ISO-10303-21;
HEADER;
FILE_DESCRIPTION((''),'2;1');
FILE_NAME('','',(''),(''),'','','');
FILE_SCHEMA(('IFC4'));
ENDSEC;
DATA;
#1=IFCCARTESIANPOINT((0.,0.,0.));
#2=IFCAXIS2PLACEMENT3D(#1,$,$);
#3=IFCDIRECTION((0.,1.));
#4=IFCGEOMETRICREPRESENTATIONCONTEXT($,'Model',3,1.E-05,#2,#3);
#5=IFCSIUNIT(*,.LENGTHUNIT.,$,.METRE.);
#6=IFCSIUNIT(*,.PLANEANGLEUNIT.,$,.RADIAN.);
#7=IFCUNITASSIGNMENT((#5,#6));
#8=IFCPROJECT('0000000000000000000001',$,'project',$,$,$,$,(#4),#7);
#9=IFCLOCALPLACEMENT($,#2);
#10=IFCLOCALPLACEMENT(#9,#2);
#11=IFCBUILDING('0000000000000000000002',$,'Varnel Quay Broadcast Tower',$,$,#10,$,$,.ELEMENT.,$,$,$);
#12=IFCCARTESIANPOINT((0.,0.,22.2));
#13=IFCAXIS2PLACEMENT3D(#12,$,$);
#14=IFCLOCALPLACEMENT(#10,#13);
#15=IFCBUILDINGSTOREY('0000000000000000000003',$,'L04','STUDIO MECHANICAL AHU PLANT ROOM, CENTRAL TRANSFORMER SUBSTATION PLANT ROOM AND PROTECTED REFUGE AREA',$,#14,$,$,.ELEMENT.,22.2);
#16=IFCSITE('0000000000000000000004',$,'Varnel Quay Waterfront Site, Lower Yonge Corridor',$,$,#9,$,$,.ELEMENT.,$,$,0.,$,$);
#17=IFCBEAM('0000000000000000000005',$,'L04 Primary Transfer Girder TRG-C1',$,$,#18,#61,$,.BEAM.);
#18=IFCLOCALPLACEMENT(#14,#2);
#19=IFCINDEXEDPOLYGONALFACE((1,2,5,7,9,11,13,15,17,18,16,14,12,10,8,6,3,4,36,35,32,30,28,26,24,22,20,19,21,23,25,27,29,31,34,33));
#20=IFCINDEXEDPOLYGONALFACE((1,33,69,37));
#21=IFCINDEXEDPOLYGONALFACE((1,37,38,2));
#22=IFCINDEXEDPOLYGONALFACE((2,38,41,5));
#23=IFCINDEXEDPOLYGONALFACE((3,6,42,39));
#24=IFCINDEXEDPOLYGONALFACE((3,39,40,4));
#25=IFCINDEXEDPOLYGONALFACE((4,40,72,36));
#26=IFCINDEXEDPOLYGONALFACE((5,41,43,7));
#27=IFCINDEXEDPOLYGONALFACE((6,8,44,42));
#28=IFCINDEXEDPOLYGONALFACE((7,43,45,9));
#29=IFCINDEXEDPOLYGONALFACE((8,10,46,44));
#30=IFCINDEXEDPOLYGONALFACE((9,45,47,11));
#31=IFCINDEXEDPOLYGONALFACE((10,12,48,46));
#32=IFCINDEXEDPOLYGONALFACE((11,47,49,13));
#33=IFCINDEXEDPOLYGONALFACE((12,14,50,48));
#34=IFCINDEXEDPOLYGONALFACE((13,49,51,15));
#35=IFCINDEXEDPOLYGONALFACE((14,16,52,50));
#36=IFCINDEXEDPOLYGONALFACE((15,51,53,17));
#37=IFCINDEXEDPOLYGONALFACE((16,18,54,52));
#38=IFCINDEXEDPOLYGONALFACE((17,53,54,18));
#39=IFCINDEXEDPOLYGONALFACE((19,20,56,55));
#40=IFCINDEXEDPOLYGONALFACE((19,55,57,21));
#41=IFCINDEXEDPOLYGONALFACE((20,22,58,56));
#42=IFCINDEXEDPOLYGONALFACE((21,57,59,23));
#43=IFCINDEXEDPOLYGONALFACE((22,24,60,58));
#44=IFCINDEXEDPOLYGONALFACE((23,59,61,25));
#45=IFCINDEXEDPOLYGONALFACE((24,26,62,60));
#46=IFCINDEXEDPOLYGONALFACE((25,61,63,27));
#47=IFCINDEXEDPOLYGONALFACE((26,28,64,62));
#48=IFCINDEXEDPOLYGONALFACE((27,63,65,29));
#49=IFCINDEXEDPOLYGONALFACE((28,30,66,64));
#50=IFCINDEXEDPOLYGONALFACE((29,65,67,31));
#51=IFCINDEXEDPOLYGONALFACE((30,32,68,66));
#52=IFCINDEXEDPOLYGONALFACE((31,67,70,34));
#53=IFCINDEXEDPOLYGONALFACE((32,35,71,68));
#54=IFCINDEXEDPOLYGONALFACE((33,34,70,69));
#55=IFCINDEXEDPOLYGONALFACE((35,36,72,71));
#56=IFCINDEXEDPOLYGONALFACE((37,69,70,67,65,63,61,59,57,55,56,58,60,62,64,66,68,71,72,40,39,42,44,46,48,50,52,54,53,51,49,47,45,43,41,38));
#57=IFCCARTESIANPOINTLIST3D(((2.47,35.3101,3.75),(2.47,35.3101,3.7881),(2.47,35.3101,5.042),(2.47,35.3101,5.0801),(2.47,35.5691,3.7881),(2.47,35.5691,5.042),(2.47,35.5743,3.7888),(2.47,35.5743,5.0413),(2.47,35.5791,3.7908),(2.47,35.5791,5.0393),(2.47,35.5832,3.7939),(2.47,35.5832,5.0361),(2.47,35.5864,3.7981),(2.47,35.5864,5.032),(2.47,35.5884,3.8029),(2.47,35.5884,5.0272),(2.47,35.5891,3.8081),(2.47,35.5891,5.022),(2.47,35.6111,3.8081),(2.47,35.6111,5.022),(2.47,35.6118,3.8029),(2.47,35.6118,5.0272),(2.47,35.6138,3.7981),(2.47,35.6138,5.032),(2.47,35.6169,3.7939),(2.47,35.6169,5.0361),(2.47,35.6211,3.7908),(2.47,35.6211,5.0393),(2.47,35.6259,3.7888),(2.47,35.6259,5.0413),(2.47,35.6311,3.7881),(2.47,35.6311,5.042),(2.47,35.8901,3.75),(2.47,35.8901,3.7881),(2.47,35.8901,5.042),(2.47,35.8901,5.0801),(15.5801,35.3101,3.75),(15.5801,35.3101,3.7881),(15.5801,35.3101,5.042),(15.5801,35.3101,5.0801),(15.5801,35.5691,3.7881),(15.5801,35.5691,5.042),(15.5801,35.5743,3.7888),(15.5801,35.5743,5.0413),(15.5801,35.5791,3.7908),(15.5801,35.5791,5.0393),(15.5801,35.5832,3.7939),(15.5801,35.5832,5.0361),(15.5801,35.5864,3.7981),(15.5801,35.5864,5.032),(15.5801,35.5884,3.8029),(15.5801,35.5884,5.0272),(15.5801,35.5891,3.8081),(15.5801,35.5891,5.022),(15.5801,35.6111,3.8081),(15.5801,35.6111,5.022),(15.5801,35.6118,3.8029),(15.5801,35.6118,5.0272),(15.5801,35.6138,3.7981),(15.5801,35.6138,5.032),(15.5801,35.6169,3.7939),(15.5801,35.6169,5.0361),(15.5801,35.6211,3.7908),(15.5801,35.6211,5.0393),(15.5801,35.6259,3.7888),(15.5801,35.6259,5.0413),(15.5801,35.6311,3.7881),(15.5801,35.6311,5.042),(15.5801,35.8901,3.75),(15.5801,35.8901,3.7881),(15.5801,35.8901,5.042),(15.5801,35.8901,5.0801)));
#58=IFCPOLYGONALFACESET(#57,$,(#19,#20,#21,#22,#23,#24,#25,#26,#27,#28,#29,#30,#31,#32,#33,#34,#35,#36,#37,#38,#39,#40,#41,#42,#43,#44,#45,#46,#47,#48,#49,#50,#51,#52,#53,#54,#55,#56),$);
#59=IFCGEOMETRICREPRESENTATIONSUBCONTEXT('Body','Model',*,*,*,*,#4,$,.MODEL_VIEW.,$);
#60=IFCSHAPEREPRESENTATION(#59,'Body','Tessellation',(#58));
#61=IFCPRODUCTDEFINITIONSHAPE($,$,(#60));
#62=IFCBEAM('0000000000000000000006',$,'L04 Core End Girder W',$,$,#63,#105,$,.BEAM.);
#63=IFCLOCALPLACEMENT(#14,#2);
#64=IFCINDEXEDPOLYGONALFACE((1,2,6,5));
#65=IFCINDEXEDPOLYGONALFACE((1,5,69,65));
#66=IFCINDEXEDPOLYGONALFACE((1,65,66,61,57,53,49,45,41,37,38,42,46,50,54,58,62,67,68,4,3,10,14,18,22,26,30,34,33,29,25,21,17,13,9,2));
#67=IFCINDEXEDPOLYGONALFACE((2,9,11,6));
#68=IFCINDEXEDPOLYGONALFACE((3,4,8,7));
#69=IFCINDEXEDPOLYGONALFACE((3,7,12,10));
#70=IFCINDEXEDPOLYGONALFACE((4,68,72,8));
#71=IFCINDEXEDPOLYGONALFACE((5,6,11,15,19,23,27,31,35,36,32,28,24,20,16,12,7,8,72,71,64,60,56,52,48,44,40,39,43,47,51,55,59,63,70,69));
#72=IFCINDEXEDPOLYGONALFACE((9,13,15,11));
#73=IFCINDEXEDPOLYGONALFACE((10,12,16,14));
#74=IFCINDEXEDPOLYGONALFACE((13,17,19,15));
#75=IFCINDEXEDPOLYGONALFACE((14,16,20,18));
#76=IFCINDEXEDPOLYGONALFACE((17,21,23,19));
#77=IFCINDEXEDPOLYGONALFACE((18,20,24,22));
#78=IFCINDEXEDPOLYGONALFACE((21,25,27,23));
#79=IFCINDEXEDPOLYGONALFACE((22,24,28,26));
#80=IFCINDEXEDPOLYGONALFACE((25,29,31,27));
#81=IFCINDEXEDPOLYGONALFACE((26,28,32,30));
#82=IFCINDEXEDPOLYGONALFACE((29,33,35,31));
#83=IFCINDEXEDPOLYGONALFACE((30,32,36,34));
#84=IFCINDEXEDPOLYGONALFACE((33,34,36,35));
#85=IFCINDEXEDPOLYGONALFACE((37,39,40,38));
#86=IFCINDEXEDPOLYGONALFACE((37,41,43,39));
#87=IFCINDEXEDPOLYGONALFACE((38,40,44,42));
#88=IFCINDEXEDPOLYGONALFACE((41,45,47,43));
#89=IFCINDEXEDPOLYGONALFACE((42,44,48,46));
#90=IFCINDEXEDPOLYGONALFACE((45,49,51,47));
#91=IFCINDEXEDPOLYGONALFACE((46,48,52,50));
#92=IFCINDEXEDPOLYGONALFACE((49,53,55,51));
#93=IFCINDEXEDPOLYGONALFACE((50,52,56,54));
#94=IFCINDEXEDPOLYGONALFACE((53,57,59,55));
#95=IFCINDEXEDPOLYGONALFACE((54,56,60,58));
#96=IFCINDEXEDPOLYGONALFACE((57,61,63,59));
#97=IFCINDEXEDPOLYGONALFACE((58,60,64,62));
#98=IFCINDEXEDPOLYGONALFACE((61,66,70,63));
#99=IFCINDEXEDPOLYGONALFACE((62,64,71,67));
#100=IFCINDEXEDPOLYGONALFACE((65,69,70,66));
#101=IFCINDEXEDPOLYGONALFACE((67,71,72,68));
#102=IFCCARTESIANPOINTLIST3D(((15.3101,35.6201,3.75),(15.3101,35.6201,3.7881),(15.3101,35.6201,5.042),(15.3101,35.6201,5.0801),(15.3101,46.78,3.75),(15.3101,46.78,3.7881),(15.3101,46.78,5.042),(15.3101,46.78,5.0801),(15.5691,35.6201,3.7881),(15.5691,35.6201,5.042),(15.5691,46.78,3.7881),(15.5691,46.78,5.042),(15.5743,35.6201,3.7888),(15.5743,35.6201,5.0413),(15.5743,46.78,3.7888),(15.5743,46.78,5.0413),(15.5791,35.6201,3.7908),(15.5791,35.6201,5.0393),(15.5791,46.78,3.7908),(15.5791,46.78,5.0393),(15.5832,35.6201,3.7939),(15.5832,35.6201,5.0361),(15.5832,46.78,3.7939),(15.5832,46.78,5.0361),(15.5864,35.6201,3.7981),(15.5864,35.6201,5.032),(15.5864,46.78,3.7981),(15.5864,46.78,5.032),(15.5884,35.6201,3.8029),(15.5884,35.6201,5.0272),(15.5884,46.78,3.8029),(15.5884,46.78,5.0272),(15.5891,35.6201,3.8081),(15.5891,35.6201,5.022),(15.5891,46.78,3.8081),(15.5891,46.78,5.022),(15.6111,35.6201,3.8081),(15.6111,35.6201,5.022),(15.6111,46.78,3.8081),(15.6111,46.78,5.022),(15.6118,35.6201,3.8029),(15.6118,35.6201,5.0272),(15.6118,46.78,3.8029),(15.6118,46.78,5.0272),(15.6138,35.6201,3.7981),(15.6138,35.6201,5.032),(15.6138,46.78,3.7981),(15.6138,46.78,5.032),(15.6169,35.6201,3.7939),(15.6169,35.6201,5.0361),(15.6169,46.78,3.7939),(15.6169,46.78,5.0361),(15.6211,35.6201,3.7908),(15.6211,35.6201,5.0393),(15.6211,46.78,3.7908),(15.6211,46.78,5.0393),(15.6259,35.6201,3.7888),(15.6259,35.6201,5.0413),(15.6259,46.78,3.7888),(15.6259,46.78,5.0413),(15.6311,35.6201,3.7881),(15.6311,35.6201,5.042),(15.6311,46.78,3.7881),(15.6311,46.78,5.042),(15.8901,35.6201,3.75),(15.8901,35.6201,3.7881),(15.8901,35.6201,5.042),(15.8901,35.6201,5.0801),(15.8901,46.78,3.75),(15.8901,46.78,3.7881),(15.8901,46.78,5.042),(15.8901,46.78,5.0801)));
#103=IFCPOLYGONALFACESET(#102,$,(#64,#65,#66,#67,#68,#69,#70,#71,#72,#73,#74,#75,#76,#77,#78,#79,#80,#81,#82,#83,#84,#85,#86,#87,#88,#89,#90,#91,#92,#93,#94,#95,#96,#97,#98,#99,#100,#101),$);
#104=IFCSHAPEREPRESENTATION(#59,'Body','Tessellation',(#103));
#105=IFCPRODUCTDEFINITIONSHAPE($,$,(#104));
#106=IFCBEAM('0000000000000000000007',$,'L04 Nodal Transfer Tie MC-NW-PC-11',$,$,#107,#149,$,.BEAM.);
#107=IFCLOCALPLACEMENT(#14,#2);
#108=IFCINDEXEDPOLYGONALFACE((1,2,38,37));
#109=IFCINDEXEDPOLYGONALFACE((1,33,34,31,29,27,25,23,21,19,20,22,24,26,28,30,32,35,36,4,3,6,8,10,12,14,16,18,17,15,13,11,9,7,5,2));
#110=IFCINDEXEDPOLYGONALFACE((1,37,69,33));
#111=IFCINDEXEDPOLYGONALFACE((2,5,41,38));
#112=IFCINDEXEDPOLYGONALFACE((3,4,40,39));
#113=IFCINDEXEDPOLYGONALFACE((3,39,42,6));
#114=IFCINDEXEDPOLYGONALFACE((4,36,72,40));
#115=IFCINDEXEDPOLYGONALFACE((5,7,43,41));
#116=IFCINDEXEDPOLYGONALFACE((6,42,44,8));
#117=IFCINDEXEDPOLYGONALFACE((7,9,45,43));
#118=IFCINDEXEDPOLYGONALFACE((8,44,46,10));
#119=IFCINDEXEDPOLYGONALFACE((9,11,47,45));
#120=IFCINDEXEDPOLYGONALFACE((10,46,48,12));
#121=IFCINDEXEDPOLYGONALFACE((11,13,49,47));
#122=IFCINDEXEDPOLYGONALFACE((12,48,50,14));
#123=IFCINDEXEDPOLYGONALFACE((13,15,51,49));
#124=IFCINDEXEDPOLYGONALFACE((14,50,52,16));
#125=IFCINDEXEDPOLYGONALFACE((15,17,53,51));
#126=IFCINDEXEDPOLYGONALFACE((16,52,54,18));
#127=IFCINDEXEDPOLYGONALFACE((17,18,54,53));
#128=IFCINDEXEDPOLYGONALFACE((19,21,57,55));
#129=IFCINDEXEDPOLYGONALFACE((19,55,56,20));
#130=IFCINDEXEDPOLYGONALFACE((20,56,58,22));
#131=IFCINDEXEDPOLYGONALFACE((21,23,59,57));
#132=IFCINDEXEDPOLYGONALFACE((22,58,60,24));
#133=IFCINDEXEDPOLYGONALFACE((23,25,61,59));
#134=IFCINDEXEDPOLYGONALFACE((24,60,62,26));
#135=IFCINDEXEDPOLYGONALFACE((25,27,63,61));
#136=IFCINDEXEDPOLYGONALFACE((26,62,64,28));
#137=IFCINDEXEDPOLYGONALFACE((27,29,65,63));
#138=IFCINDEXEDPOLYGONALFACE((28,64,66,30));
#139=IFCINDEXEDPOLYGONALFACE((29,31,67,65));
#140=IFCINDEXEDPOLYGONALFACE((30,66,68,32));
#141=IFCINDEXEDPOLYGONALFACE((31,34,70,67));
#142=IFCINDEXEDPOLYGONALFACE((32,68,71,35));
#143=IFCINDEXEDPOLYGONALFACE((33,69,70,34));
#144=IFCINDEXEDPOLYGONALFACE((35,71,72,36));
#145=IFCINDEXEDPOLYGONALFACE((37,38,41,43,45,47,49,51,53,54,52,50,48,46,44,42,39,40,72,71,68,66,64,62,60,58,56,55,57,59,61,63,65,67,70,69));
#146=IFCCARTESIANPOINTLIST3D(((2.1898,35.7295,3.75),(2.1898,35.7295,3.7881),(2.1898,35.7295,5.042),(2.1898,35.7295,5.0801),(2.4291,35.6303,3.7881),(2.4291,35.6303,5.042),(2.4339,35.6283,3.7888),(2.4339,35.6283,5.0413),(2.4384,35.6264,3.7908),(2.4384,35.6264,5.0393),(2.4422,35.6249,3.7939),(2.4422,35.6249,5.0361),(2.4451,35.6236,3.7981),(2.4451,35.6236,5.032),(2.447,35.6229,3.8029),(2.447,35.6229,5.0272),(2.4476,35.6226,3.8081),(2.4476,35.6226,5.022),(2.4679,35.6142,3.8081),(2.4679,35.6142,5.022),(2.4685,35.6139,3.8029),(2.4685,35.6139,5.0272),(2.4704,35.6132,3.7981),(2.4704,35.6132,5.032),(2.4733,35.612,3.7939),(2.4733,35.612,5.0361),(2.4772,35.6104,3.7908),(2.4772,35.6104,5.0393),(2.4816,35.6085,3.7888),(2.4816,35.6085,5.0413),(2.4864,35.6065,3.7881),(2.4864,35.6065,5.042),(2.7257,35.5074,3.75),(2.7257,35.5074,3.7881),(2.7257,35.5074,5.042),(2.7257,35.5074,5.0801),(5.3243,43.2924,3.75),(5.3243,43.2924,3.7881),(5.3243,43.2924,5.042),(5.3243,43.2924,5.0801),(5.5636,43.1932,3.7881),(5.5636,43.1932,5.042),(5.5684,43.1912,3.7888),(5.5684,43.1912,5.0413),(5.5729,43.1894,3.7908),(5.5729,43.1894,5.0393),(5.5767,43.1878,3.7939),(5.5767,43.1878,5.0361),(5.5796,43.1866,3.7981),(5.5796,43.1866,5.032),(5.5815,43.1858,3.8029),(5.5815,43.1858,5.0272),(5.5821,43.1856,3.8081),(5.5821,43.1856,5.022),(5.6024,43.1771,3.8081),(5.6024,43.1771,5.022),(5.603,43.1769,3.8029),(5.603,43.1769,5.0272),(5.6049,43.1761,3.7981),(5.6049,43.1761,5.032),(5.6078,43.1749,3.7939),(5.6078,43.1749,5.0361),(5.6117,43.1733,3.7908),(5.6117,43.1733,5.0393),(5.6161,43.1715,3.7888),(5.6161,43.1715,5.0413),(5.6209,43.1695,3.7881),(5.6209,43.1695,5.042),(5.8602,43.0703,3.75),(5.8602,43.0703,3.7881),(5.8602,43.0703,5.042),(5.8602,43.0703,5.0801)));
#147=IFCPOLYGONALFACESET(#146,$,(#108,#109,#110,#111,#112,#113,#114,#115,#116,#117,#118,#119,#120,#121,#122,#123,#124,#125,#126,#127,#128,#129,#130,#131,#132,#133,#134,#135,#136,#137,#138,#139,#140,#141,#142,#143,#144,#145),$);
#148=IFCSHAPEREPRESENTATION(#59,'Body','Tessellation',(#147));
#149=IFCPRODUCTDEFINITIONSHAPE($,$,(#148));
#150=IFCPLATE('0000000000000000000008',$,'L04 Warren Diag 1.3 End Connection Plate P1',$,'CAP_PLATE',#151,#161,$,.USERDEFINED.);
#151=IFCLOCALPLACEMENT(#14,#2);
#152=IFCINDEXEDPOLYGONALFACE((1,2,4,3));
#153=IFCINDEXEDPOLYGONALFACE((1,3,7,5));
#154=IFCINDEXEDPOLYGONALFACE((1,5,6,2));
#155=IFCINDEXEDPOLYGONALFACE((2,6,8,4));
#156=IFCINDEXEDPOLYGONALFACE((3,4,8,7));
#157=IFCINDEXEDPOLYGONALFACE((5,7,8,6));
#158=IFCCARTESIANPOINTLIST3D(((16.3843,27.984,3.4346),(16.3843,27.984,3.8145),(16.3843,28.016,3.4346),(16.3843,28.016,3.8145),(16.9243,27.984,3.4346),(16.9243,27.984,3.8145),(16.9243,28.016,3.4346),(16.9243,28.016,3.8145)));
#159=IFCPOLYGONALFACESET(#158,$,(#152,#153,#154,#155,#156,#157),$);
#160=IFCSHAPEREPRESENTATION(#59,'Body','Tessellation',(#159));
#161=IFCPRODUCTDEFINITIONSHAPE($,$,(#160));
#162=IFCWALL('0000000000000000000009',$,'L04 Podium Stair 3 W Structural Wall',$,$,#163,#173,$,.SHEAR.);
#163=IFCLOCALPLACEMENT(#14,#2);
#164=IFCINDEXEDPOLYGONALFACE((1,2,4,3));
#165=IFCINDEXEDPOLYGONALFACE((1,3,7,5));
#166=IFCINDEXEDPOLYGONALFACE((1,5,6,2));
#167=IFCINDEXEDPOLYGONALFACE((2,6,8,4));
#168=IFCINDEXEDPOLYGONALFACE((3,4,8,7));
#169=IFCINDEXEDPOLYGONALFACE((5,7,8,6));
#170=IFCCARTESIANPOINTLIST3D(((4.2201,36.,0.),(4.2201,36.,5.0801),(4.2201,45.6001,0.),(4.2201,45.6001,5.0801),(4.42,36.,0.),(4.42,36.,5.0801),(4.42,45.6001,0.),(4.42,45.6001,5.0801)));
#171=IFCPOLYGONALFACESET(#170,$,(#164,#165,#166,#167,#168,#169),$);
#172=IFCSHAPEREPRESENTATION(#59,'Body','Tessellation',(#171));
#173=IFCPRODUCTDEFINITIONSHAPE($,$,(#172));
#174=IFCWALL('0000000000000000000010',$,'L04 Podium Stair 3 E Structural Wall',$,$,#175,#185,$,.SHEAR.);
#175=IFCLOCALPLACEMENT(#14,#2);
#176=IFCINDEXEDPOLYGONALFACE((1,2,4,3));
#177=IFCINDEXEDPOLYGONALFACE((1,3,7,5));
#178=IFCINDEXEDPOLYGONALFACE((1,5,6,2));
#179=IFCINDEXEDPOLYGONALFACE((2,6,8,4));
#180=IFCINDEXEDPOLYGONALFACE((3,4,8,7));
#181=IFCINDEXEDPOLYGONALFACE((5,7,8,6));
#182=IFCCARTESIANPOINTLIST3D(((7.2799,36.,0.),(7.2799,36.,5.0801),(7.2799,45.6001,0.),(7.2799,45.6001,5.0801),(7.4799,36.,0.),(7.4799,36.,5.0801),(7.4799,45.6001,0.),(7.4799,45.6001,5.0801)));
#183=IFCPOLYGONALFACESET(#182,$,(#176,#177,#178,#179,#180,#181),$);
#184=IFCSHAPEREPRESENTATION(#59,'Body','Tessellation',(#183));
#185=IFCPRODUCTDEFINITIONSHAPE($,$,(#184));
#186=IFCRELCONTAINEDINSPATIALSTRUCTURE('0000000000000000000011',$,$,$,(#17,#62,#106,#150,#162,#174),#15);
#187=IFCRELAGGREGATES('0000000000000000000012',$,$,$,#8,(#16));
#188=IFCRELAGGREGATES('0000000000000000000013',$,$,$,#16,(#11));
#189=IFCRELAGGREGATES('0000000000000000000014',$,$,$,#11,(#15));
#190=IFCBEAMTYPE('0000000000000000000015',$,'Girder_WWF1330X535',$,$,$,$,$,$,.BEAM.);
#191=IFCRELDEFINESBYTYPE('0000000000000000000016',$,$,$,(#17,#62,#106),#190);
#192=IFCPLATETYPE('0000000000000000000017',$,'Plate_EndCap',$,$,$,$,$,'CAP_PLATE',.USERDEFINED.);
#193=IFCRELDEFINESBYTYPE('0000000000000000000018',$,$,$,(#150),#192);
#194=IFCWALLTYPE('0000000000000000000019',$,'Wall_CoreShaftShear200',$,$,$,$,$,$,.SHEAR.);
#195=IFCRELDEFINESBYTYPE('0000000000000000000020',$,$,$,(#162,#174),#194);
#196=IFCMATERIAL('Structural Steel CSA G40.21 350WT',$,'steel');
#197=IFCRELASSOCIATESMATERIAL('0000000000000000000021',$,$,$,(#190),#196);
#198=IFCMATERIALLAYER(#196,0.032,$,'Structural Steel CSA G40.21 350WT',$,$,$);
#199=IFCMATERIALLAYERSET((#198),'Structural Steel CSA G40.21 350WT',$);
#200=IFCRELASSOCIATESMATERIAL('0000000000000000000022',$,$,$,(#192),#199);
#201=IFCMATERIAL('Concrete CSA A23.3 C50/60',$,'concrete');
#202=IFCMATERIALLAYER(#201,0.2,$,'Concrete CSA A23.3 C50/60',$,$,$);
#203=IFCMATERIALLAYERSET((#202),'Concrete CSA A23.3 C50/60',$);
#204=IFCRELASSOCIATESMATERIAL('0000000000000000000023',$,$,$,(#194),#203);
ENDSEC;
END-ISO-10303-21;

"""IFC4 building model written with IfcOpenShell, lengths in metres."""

from ifc_helpers import new_model, si_unit, direction, frame, frame_2d, origin, origin_2d, place, context, subcontext, project, spatial, rectangle, i_section, extrude, source, transform, mapped, material, layer, layer_set, material_profile, profile_set, type_object, type_shapes, element, save


model = new_model("IFC4")

# Units and contexts
model_context = context("Model", 3, precision=1e-05, world=origin(), true_north=direction((0.0, 1.0)))
body_context = subcontext(model_context, "Body", "Model", "MODEL_VIEW")
ifc_project = project(units=[si_unit("LENGTHUNIT", "METRE"), si_unit("PLANEANGLEUNIT", "RADIAN")], contexts=[model_context])

# Site, building, storey
site_placement = place(None, origin())
site = spatial("IfcSite", under=ifc_project, at=site_placement, Name="Varnel Quay Waterfront Site, Lower Yonge Corridor", CompositionType="ELEMENT", RefElevation=0.0)
building_placement = place(site_placement, origin())
building = spatial("IfcBuilding", under=site, at=building_placement, Name="Varnel Quay Broadcast Tower", CompositionType="ELEMENT")
storey_placement = place(building_placement, frame((0.0, 0.0, 22.2)))
storey = spatial("IfcBuildingStorey", under=building, at=storey_placement, Name="L04", Description="STUDIO MECHANICAL AHU PLANT ROOM, CENTRAL TRANSFORMER SUBSTATION PLANT ROOM AND PROTECTED REFUGE AREA", CompositionType="ELEMENT", Elevation=22.2)

# Shared definitions
ifc_material_1 = material(Name="Structural Steel CSA G40.21 350WT", Category="steel")

# Beams
ifc_material_profile_1 = material_profile(ifc_material_1, i_section(OverallWidth=0.5801, OverallDepth=1.3301, WebThickness=0.022, FlangeThickness=0.0381, FilletRadius=0.02, at=origin_2d()), Name="WWF1330X535")
ifc_profile_set_1 = profile_set([ifc_material_profile_1], Name="Structural Steel CSA G40.21 350WT")
beam_type = type_object("IfcBeamType", Name="Girder_WWF1330X535", PredefinedType="BEAM", material=ifc_profile_set_1)
shared_shape_1 = source(origin(), body_context, "Body", "SweptSolid", [
    extrude(i_section(OverallWidth=0.5801, OverallDepth=1.3301, WebThickness=0.022, FlangeThickness=0.0381, FilletRadius=0.02, at=origin_2d()), origin(), (0.0, 0.0, 1.0), 13.1101),
])
beam_1_placement = place(storey_placement, frame((2.47, 35.6001, 4.415), z_axis=(1.0, 0.0, 0.0), x_axis=(0.0, 1.0, 0.0)))
element("IfcBeam", 1, at=beam_1_placement, inside=storey, type_object=beam_type, Name="L04 Primary Transfer Girder TRG-C1", PredefinedType="BEAM", context=body_context, shape_type="MappedRepresentation", body=[
    mapped(shared_shape_1, transform((0.0, 0.0, 0.0), x_axis=(1.0, 0.0, 0.0), y_axis=(0.0, 1.0, 0.0), z_axis=(0.0, 0.0, 1.0), scale=1.0)),
])
shared_shape_2 = source(origin(), body_context, "Body", "SweptSolid", [
    extrude(i_section(OverallWidth=0.5801, OverallDepth=1.3301, WebThickness=0.022, FlangeThickness=0.0381, FilletRadius=0.02, at=origin_2d()), origin(), (0.0, 0.0, 1.0), 11.1599),
])
beam_2_placement = place(storey_placement, frame((15.6001, 35.6201, 4.415), z_axis=(0.0, 1.0, 0.0), x_axis=(-1.0, 0.0, 0.0)))
element("IfcBeam", 2, at=beam_2_placement, inside=storey, type_object=beam_type, Name="L04 Core End Girder W", PredefinedType="BEAM", context=body_context, shape_type="MappedRepresentation", body=[
    mapped(shared_shape_2, transform((0.0, 0.0, 0.0), x_axis=(1.0, 0.0, 0.0), y_axis=(0.0, 1.0, 0.0), z_axis=(0.0, 0.0, 1.0), scale=1.0)),
])
shared_shape_3 = source(origin(), body_context, "Body", "SweptSolid", [
    extrude(i_section(OverallWidth=0.5801, OverallDepth=1.3301, WebThickness=0.022, FlangeThickness=0.0381, FilletRadius=0.02, at=origin_2d()), origin(), (0.0, 0.0, 1.0), 8.1868),
])
beam_3_placement = place(storey_placement, frame((2.4578, 35.6184, 4.415), z_axis=(0.382874, 0.923801, 0.0), x_axis=(-0.923801, 0.382874, 0.0)))
element("IfcBeam", 3, at=beam_3_placement, inside=storey, type_object=beam_type, Name="L04 Nodal Transfer Tie MC-NW-PC-11", PredefinedType="BEAM", context=body_context, shape_type="MappedRepresentation", body=[
    mapped(shared_shape_3, transform((0.0, 0.0, 0.0), x_axis=(1.0, 0.0, 0.0), y_axis=(0.0, 1.0, 0.0), z_axis=(0.0, 0.0, 1.0), scale=1.0)),
])

# Plate
ifc_layer_1 = layer(ifc_material_1, 0.032, Name="Structural Steel CSA G40.21 350WT")
ifc_layer_set_1 = layer_set([ifc_layer_1], Name="Structural Steel CSA G40.21 350WT")
plate_type = type_object("IfcPlateType", Name="Plate_EndCap", ElementType="CAP_PLATE", PredefinedType="USERDEFINED", material=ifc_layer_set_1)
shared_shape_4 = source(origin(), body_context, "Body", "SweptSolid", [
    extrude(rectangle(XDim=0.54, YDim=0.032, at=origin_2d()), origin(), (0.0, 0.0, 1.0), 0.3799),
])
type_shapes(plate_type, [shared_shape_4])
plate_placement = place(storey_placement, frame((16.6543, 28.0, 3.4346), z_axis=(0.0, 0.0, 1.0), x_axis=(1.0, 0.0, 0.0)))
element("IfcPlate", 4, at=plate_placement, inside=storey, type_object=plate_type, Name="L04 Warren Diag 1.3 End Connection Plate P1", ObjectType="CAP_PLATE", PredefinedType="USERDEFINED", context=body_context, shape_type="MappedRepresentation", body=[
    mapped(shared_shape_4, transform((0.0, 0.0, 0.0), x_axis=(1.0, 0.0, 0.0), y_axis=(0.0, 1.0, 0.0), z_axis=(0.0, 0.0, 1.0), scale=1.0)),
])

# Walls
ifc_material_2 = material(Name="Concrete CSA A23.3 C50/60", Category="concrete")
ifc_layer_2 = layer(ifc_material_2, 0.2, Name="Concrete CSA A23.3 C50/60")
ifc_layer_set_2 = layer_set([ifc_layer_2], Name="Concrete CSA A23.3 C50/60")
wall_type_1 = type_object("IfcWallType", Name="Wall_CoreShaftShear200", PredefinedType="SHEAR", material=ifc_layer_set_2)
for number, where, z_axis, x_axis, name in (
    (5, (4.3201, 36.0, 0.0), (0.0, 0.0, 1.0), (0.0, 1.0, 0.0), "L04 Podium Stair 3 W Structural Wall"),
    (6, (7.3799, 36.0, 0.0), (0.0, 0.0, 1.0), (0.0, 1.0, 0.0), "L04 Podium Stair 3 E Structural Wall"),
):
    element("IfcWall", number, at=place(storey_placement, frame(where, z_axis=z_axis, x_axis=x_axis)), inside=storey, type_object=wall_type_1, Name=name, PredefinedType="SHEAR", context=body_context, shape_type="SweptSolid", body=[
        extrude(rectangle(XDim=9.6001, YDim=0.2, at=frame_2d((4.8, 0.0))), origin(), (0.0, 0.0, 1.0), 5.0801),
    ])

save(model, "model.ifc")
